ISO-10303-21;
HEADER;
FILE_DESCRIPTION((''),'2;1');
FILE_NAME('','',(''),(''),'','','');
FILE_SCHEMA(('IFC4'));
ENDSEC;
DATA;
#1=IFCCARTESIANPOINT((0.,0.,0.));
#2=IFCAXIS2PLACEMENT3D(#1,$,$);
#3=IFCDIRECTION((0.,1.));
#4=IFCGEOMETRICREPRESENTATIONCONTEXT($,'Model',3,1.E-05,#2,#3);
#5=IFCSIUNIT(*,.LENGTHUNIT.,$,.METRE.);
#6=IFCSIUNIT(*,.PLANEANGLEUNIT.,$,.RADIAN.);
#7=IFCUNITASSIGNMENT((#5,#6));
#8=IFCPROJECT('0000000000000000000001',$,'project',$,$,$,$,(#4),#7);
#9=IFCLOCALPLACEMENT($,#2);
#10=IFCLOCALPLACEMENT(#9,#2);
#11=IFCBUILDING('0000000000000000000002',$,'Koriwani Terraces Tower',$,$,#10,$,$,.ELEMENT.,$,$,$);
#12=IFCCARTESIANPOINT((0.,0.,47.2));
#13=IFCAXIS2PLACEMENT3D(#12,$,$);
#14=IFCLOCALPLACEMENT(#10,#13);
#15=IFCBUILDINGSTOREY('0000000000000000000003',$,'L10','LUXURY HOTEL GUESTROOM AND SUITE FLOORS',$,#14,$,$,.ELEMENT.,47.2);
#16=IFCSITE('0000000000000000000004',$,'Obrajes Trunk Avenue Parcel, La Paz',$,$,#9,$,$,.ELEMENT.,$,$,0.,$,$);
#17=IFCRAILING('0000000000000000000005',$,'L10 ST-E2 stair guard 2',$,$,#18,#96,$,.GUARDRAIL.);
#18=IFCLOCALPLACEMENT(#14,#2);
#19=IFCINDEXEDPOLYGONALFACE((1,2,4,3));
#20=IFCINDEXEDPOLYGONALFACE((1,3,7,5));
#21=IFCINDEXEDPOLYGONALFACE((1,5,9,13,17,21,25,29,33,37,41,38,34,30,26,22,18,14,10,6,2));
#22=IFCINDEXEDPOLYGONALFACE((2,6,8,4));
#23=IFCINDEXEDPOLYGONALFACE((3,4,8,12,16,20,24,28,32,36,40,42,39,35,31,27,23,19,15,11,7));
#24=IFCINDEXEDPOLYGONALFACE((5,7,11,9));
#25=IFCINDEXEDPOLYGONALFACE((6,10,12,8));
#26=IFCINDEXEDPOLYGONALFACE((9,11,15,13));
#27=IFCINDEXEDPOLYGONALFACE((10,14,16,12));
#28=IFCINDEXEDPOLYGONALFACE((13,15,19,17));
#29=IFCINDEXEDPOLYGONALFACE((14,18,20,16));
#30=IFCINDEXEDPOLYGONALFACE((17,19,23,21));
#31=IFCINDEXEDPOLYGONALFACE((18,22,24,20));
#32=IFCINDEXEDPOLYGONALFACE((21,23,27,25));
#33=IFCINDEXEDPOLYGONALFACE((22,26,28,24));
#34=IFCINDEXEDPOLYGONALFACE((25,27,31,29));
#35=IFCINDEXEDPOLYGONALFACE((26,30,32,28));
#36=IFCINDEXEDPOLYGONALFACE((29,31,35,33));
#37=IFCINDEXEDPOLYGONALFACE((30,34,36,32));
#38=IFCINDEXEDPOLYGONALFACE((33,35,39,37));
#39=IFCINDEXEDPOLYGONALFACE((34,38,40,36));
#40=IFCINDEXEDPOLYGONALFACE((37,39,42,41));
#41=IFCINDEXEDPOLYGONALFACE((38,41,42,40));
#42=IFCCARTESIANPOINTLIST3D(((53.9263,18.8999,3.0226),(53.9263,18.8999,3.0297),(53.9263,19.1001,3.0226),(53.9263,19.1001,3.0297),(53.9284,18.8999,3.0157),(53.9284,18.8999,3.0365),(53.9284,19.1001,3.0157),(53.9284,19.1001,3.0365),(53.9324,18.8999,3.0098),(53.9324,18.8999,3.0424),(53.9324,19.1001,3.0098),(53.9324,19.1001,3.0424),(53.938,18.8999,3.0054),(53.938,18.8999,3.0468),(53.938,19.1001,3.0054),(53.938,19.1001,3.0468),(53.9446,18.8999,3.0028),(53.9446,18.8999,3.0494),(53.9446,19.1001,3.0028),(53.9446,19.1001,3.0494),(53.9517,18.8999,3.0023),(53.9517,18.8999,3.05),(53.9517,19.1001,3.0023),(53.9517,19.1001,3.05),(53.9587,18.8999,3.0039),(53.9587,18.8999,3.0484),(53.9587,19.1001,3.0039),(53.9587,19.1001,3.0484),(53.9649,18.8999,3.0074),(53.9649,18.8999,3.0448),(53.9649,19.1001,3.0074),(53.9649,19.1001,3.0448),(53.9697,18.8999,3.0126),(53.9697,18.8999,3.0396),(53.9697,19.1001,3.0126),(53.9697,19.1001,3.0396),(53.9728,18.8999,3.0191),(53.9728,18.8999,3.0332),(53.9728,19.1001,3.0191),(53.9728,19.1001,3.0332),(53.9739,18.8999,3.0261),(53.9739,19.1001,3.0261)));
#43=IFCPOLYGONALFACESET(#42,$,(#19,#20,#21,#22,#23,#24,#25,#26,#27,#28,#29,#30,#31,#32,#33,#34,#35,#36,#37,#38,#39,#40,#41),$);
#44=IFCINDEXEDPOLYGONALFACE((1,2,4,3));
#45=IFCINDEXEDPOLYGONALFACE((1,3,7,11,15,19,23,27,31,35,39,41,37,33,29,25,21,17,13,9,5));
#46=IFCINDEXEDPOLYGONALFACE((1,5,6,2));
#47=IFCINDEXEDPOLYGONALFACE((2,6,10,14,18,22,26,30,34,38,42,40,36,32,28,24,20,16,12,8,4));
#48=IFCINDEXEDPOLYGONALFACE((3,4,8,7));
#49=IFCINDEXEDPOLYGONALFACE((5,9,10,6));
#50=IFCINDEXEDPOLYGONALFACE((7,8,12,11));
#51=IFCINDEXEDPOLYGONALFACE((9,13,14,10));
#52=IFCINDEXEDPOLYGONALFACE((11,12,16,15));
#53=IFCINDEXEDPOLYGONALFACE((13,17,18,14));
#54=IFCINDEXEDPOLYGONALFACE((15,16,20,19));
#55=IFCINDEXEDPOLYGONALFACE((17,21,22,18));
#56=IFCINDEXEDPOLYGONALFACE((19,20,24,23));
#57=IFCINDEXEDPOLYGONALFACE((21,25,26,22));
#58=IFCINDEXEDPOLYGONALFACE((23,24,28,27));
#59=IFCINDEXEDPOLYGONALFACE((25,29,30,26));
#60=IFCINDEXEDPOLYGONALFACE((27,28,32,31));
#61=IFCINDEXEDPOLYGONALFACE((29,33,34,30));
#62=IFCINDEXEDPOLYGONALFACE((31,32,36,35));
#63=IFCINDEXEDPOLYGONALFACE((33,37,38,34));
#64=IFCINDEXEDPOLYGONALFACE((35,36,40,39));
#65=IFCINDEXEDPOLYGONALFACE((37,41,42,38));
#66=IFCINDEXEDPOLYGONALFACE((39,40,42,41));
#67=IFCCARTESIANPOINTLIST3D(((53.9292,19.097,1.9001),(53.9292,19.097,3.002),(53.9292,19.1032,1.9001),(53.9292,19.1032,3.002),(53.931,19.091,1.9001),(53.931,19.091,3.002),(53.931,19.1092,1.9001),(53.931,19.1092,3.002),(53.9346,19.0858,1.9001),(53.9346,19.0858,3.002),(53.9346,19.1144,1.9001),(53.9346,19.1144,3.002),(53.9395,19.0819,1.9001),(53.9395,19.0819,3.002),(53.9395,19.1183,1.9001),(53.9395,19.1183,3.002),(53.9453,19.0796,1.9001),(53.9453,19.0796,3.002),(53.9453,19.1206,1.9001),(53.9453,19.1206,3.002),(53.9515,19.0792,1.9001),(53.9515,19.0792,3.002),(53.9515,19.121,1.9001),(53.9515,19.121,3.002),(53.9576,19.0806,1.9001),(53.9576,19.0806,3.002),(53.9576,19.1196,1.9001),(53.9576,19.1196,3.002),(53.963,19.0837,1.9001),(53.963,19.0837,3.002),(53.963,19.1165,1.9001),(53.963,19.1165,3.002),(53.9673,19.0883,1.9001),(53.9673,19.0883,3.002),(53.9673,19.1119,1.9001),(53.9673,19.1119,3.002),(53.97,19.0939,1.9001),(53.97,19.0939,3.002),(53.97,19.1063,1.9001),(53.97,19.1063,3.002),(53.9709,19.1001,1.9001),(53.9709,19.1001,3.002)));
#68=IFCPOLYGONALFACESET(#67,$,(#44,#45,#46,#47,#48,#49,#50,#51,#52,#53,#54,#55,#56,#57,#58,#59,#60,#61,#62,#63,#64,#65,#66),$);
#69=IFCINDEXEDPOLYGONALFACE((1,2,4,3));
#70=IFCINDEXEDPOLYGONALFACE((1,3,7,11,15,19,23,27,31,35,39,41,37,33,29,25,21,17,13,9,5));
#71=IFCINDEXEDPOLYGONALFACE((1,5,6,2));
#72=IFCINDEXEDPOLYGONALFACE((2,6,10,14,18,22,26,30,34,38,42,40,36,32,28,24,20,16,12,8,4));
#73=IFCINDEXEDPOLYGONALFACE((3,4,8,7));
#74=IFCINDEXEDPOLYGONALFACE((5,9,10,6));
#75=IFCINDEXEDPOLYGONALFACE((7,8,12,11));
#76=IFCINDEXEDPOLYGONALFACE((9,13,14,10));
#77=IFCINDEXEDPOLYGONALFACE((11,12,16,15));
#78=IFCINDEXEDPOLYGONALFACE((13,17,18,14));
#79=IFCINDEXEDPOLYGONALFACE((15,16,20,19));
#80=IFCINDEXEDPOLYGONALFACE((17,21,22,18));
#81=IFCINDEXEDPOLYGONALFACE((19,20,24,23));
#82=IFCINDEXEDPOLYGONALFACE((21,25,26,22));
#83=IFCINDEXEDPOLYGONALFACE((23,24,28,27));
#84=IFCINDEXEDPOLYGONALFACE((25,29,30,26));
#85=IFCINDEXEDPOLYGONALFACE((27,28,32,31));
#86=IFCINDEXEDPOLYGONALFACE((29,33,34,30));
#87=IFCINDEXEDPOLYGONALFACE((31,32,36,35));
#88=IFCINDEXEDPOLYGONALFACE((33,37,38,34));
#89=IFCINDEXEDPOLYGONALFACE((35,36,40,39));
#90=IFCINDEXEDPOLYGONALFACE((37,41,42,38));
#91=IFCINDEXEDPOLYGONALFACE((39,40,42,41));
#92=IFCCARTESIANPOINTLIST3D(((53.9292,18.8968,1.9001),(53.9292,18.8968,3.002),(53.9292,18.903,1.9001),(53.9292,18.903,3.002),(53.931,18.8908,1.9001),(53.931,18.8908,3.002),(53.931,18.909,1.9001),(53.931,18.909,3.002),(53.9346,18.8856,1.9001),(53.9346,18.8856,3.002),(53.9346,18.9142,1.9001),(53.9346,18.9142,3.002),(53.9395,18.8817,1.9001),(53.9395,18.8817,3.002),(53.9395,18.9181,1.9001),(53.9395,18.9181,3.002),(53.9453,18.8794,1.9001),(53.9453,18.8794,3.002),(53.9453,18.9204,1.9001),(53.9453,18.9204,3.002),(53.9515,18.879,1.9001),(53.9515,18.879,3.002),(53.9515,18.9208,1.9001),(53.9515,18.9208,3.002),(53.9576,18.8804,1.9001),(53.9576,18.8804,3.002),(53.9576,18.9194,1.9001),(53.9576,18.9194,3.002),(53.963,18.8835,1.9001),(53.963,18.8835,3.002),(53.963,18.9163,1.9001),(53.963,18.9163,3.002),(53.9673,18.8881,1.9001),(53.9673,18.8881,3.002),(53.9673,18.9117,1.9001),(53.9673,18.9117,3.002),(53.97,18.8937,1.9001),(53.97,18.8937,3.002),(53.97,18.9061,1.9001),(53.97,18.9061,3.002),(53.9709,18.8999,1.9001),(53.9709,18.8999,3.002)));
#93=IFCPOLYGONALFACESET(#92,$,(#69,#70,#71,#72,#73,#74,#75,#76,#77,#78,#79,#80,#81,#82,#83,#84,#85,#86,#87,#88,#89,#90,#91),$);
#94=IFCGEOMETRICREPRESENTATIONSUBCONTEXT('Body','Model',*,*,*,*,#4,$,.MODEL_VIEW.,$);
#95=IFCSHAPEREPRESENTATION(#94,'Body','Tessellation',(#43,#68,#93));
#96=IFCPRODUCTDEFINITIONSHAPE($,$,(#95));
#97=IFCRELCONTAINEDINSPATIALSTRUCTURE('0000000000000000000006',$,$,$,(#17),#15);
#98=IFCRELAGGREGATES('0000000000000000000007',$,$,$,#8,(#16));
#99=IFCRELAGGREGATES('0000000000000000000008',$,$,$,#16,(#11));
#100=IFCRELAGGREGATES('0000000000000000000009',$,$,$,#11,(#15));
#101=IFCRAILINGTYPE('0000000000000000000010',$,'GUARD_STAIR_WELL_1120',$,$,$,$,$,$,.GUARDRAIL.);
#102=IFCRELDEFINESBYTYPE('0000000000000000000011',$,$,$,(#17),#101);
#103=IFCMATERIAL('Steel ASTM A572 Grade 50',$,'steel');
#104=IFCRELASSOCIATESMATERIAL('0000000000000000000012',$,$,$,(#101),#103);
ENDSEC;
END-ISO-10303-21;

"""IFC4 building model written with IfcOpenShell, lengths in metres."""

from ifc_helpers import new_model, si_unit, direction, frame, origin, origin_2d, place, context, subcontext, project, spatial, circle, extrude, material, type_object, element, save


model = new_model("IFC4")

# Units and contexts
model_context = context("Model", 3, precision=1e-05, world=origin(), true_north=direction((0.0, 1.0)))
body_context = subcontext(model_context, "Body", "Model", "MODEL_VIEW")
ifc_project = project(units=[si_unit("LENGTHUNIT", "METRE"), si_unit("PLANEANGLEUNIT", "RADIAN")], contexts=[model_context])

# Site, building, storey
site_placement = place(None, origin())
site = spatial("IfcSite", under=ifc_project, at=site_placement, Name="Obrajes Trunk Avenue Parcel, La Paz", CompositionType="ELEMENT", RefElevation=0.0)
building_placement = place(site_placement, origin())
building = spatial("IfcBuilding", under=site, at=building_placement, Name="Koriwani Terraces Tower", CompositionType="ELEMENT")
storey_placement = place(building_placement, frame((0.0, 0.0, 47.2)))
storey = spatial("IfcBuildingStorey", under=building, at=storey_placement, Name="L10", Description="LUXURY HOTEL GUESTROOM AND SUITE FLOORS", CompositionType="ELEMENT", Elevation=47.2)

# Shared definitions
ifc_material_1 = material(Name="Steel ASTM A572 Grade 50", Category="steel")

# Railing
railing_type_1 = type_object("IfcRailingType", Name="GUARD_STAIR_WELL_1120", PredefinedType="GUARDRAIL", material=ifc_material_1)
railing_1_placement = place(storey_placement, frame((53.95, 19.1001, 1.9001)))
element("IfcRailing", 1, at=railing_1_placement, inside=storey, type_object=railing_type_1, Name="L10 ST-E2 stair guard 2", PredefinedType="GUARDRAIL", context=body_context, shape_type="SweptSolid", body=[
    extrude(circle(Radius=0.0239, at=origin_2d()), frame((0.0, 0.0, 1.126), z_axis=(0.0, -1.0, 0.0), x_axis=(1.0, 0.0, 0.0)), (0.0, 0.0, 1.0), 0.2002),
    extrude(circle(Radius=0.021, at=origin_2d()), origin(), (0.0, 0.0, 1.0), 1.1018),
    extrude(circle(Radius=0.021, at=origin_2d()), frame((0.0, -0.2002, 0.0)), (0.0, 0.0, 1.0), 1.1018),
])

save(model, "model.ifc")
